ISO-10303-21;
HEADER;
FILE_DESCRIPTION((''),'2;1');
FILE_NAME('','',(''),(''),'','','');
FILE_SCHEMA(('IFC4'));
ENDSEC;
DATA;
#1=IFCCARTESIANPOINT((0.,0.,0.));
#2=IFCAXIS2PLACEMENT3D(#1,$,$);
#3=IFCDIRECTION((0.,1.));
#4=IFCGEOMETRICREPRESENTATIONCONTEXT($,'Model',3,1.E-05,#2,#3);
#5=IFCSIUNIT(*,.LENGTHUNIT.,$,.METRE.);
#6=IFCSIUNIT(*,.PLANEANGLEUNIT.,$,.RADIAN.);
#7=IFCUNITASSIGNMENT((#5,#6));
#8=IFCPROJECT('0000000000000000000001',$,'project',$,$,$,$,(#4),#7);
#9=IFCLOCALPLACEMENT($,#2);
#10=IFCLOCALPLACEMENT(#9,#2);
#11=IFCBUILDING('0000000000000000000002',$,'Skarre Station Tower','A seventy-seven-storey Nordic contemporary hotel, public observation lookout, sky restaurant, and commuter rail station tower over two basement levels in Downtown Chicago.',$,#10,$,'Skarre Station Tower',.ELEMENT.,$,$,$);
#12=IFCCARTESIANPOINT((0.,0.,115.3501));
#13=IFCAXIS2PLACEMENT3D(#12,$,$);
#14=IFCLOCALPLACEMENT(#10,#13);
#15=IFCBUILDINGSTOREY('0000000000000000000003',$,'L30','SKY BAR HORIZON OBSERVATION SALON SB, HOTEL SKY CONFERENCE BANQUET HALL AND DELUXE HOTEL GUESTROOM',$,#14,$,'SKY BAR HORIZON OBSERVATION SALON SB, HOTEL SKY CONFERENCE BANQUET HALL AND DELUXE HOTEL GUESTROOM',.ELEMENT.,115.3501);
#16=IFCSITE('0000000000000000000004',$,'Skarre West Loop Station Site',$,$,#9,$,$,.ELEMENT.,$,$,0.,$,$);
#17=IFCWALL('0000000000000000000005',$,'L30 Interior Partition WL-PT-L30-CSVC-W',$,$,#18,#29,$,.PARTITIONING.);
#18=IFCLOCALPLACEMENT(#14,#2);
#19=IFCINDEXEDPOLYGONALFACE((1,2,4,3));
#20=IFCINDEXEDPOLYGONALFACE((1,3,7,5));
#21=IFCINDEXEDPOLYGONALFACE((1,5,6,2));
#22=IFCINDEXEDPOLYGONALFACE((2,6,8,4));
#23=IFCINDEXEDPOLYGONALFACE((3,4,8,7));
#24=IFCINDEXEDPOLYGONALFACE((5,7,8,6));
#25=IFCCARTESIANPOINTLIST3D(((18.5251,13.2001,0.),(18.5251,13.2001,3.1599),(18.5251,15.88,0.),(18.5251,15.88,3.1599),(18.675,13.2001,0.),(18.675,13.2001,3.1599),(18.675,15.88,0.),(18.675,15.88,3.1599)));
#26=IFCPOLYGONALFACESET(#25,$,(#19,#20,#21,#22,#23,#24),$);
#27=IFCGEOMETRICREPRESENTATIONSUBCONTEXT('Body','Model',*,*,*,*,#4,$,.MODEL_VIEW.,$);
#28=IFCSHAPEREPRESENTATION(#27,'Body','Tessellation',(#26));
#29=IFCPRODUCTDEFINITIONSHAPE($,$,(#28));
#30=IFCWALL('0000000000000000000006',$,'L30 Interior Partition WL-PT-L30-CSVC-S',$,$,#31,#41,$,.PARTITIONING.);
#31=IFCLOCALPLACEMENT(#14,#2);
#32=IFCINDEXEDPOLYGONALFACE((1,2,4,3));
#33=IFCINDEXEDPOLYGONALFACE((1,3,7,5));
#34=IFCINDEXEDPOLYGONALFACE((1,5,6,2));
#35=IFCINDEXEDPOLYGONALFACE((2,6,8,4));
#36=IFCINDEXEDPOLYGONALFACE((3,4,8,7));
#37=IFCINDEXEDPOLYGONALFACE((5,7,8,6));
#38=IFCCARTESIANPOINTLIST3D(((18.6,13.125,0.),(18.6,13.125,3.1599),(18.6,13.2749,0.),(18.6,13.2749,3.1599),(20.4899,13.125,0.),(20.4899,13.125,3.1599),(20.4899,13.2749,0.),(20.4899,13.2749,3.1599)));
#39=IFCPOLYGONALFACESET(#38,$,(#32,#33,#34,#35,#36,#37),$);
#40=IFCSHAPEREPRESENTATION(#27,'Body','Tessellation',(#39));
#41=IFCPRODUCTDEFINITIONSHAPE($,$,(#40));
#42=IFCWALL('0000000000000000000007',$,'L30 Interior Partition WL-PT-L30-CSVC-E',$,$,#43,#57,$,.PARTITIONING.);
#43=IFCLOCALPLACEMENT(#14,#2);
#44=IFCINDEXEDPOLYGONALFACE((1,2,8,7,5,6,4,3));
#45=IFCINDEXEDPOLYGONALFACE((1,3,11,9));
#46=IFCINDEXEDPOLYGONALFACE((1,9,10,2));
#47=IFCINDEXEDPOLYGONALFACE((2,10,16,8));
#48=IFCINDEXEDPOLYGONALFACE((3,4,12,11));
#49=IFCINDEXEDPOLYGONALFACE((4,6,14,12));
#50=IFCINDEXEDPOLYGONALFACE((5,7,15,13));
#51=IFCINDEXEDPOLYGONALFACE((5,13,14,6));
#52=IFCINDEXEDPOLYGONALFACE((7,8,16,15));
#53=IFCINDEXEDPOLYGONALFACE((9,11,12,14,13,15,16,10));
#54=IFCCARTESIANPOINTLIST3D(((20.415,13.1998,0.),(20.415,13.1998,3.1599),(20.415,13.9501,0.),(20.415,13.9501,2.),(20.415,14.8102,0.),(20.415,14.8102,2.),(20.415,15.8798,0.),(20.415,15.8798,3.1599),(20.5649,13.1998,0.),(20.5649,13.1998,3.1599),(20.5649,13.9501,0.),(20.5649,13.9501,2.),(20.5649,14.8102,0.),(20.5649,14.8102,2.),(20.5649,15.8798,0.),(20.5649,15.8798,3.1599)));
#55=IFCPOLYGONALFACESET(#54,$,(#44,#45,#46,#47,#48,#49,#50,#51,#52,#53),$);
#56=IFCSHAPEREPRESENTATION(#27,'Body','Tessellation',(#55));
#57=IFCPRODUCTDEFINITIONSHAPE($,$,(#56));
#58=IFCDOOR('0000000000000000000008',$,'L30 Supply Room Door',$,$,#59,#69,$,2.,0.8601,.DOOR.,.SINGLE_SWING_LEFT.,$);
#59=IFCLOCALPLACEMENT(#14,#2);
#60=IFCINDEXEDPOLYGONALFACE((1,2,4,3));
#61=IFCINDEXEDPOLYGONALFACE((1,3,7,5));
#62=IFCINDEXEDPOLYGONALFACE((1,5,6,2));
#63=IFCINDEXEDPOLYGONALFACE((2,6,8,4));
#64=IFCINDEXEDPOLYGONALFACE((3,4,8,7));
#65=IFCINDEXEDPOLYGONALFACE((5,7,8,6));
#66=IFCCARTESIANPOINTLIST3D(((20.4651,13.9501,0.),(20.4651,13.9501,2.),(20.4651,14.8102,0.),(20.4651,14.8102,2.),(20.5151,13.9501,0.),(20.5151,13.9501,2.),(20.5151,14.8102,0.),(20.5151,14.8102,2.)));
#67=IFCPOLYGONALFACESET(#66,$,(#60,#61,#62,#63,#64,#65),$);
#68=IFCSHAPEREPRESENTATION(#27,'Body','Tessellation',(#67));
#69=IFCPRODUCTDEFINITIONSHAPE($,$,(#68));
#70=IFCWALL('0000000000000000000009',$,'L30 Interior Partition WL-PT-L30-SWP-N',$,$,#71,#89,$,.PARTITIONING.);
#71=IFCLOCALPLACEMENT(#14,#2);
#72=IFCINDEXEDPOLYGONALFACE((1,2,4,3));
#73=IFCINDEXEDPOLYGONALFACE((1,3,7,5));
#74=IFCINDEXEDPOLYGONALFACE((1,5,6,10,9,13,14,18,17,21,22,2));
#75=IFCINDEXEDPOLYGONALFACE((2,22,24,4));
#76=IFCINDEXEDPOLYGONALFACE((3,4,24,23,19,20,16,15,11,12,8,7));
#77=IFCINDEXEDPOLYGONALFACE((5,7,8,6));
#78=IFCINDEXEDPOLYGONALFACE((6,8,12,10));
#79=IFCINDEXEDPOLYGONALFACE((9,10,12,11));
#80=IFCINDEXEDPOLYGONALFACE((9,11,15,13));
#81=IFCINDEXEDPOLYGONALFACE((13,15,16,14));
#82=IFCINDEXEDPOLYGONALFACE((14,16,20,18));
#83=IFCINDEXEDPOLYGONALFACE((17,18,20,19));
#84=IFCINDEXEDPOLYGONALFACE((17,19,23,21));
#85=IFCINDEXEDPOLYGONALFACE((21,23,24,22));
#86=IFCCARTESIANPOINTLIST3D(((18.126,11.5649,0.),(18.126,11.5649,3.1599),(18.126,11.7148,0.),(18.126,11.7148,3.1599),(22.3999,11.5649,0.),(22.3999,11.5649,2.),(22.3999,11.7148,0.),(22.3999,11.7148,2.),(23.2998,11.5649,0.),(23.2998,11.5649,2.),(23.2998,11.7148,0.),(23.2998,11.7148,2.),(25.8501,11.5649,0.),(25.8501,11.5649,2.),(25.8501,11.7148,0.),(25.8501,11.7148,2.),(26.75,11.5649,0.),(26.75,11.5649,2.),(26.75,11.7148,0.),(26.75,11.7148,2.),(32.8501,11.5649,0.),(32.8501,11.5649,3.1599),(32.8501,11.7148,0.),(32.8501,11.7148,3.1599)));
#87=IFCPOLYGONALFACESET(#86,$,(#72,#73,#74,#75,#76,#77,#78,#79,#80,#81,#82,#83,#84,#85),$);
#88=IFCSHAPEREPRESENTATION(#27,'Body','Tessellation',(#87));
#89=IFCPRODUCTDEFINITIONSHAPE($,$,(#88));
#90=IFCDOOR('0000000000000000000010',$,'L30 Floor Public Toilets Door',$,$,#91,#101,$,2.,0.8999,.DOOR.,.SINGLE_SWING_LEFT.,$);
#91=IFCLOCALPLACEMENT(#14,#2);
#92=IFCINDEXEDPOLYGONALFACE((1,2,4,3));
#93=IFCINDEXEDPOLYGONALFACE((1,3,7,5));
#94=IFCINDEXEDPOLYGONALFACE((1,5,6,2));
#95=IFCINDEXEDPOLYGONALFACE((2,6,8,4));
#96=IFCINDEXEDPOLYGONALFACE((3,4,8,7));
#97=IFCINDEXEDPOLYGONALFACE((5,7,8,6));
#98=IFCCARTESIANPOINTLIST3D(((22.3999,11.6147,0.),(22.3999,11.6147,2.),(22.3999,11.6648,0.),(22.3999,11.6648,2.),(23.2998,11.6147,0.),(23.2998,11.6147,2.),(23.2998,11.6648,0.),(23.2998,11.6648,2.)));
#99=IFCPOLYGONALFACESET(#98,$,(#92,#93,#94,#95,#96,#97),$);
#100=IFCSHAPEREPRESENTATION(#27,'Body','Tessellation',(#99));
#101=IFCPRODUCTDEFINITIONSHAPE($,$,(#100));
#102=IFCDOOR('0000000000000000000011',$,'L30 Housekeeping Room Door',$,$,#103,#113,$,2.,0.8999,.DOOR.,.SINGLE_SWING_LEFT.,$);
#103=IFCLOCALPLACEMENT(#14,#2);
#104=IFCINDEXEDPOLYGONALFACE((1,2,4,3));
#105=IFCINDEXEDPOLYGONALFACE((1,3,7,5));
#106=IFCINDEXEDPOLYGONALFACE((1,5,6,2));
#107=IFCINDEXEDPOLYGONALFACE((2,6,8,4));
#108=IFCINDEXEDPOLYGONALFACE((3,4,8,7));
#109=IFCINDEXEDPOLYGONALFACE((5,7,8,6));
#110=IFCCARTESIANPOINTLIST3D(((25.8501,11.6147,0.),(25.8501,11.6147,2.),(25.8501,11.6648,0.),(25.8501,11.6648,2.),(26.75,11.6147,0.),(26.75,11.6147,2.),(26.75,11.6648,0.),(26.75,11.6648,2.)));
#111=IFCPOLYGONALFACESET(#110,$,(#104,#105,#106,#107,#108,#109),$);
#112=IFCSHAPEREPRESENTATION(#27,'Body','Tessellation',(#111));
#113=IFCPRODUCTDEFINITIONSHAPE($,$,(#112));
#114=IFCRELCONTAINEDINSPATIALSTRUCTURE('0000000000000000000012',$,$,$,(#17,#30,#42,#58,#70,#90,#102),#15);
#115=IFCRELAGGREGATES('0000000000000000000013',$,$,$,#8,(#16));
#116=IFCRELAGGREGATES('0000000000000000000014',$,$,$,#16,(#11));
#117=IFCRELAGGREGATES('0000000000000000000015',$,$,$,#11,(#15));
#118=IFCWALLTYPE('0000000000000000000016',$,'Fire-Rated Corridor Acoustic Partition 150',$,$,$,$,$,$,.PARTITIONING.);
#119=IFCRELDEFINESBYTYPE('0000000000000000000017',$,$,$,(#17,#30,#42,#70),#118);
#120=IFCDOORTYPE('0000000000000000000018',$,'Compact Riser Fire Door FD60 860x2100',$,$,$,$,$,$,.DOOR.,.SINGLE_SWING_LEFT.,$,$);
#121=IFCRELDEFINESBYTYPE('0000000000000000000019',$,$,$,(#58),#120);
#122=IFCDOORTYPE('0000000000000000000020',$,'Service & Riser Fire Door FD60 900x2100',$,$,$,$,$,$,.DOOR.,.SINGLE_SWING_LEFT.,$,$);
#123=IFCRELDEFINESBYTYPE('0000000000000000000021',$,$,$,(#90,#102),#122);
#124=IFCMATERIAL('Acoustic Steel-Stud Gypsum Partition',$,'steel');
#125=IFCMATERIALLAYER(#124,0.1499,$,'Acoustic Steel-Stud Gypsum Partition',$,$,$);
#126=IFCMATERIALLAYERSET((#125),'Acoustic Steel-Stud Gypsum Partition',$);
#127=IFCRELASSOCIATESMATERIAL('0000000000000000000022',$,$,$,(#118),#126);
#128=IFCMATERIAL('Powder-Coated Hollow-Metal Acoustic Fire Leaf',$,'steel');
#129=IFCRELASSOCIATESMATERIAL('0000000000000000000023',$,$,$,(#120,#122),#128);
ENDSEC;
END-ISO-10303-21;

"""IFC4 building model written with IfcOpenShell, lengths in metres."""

from ifc_helpers import new_model, si_unit, direction, frame, frame_2d, origin, place, context, subcontext, project, spatial, rectangle, extrude, material, layer, layer_set, type_object, element, fill, save


model = new_model("IFC4")

# Units and contexts
model_context = context("Model", 3, precision=1e-05, world=origin(), true_north=direction((0.0, 1.0)))
body_context = subcontext(model_context, "Body", "Model", "MODEL_VIEW")
ifc_project = project(units=[si_unit("LENGTHUNIT", "METRE"), si_unit("PLANEANGLEUNIT", "RADIAN")], contexts=[model_context])

# Site, building, storey
site_placement = place(None, origin())
site = spatial("IfcSite", under=ifc_project, at=site_placement, Name="Skarre West Loop Station Site", CompositionType="ELEMENT", RefElevation=0.0)
building_placement = place(site_placement, origin())
building = spatial("IfcBuilding", under=site, at=building_placement, Name="Skarre Station Tower", Description="A seventy-seven-storey Nordic contemporary hotel, public observation lookout, sky restaurant, and commuter rail station tower over two basement levels in Downtown Chicago.", LongName="Skarre Station Tower", CompositionType="ELEMENT")
storey_placement = place(building_placement, frame((0.0, 0.0, 115.3501)))
storey = spatial("IfcBuildingStorey", under=building, at=storey_placement, Name="L30", Description="SKY BAR HORIZON OBSERVATION SALON SB, HOTEL SKY CONFERENCE BANQUET HALL AND DELUXE HOTEL GUESTROOM", LongName="SKY BAR HORIZON OBSERVATION SALON SB, HOTEL SKY CONFERENCE BANQUET HALL AND DELUXE HOTEL GUESTROOM", CompositionType="ELEMENT", Elevation=115.3501)

# Walls
ifc_material_1 = material(Name="Acoustic Steel-Stud Gypsum Partition", Category="steel")
ifc_layer_1 = layer(ifc_material_1, 0.1499, Name="Acoustic Steel-Stud Gypsum Partition")
ifc_layer_set_1 = layer_set([ifc_layer_1], Name="Acoustic Steel-Stud Gypsum Partition")
wall_type_1 = type_object("IfcWallType", Name="Fire-Rated Corridor Acoustic Partition 150", PredefinedType="PARTITIONING", material=ifc_layer_set_1)
wall_1_placement = place(storey_placement, frame((18.6001, 15.8799, 0.0), z_axis=(0.0, 0.0, 1.0), x_axis=(0.0, -1.0, 0.0)))
element("IfcWall", 1, at=wall_1_placement, inside=storey, type_object=wall_type_1, Name="L30 Interior Partition WL-PT-L30-CSVC-W", PredefinedType="PARTITIONING", context=body_context, shape_type="SweptSolid", body=[
    extrude(rectangle(XDim=2.6799, YDim=0.1499, at=frame_2d((1.3398, 0.0))), origin(), (0.0, 0.0, 1.0), 3.1599),
])
wall_2_placement = place(storey_placement, frame((18.6001, 13.2, 0.0), z_axis=(0.0, 0.0, 1.0), x_axis=(1.0, 0.0, 0.0)))
element("IfcWall", 2, at=wall_2_placement, inside=storey, type_object=wall_type_1, Name="L30 Interior Partition WL-PT-L30-CSVC-S", PredefinedType="PARTITIONING", context=body_context, shape_type="SweptSolid", body=[
    extrude(rectangle(XDim=1.8899, YDim=0.1499, at=frame_2d((0.9448, 0.0))), origin(), (0.0, 0.0, 1.0), 3.1599),
])

# Wall, opening, door
wall_3_placement = place(storey_placement, frame((20.49, 13.2, 0.0), z_axis=(0.0, 0.0, 1.0), x_axis=(0.0, 1.0, 0.0)))
wall_3 = element("IfcWall", 3, at=wall_3_placement, inside=storey, type_object=wall_type_1, Name="L30 Interior Partition WL-PT-L30-CSVC-E", PredefinedType="PARTITIONING", context=body_context, shape_type="SweptSolid", body=[
    extrude(rectangle(XDim=2.6799, YDim=0.1499, at=frame_2d((1.3398, 0.0))), origin(), (0.0, 0.0, 1.0), 3.1599),
])
opening_1_placement = place(wall_3_placement, frame((0.75, 0.0, 0.0)))
opening_1 = element("IfcOpeningElement", 4, at=opening_1_placement, cuts=wall_3, PredefinedType="OPENING", context=body_context, shape_type="SweptSolid", body=[
    extrude(rectangle(XDim=0.8601, YDim=2.0, at=frame_2d((0.4302, 1.0))), frame((0.0, 0.085, 0.0), z_axis=(0.0, -1.0, 0.0), x_axis=(1.0, 0.0, 0.0)), (0.0, 0.0, 1.0), 0.1699),
])
ifc_material_2 = material(Name="Powder-Coated Hollow-Metal Acoustic Fire Leaf", Category="steel")
door_type_1 = type_object("IfcDoorType", Name="Compact Riser Fire Door FD60 860x2100", OperationType="SINGLE_SWING_LEFT", PredefinedType="DOOR", material=ifc_material_2)
door_1_placement = place(opening_1_placement, origin())
door_1 = element("IfcDoor", 5, at=door_1_placement, inside=storey, type_object=door_type_1, Name="L30 Supply Room Door", OperationType="SINGLE_SWING_LEFT", OverallHeight=2.0, OverallWidth=0.8601, PredefinedType="DOOR", context=body_context, shape_type="SweptSolid", body=[
    extrude(rectangle(XDim=0.8601, YDim=2.0, at=frame_2d((0.4302, 1.0))), frame((0.0, 0.0249, 0.0), z_axis=(0.0, -1.0, 0.0), x_axis=(1.0, 0.0, 0.0)), (0.0, 0.0, 1.0), 0.05),
])
fill(opening_1, door_1)

# Wall, openings, doors
wall_4_placement = place(storey_placement, frame((18.126, 11.6399, 0.0), z_axis=(0.0, 0.0, 1.0), x_axis=(1.0, 0.0, 0.0)))
wall_4 = element("IfcWall", 6, at=wall_4_placement, inside=storey, type_object=wall_type_1, Name="L30 Interior Partition WL-PT-L30-SWP-N", PredefinedType="PARTITIONING", context=body_context, shape_type="SweptSolid", body=[
    extrude(rectangle(XDim=14.7241, YDim=0.1499, at=frame_2d((7.3621, 0.0))), origin(), (0.0, 0.0, 1.0), 3.1599),
])
opening_2_placement = place(wall_4_placement, frame((4.2739, 0.0, 0.0)))
opening_2 = element("IfcOpeningElement", 7, at=opening_2_placement, cuts=wall_4, PredefinedType="OPENING", context=body_context, shape_type="SweptSolid", body=[
    extrude(rectangle(XDim=0.8999, YDim=2.0, at=frame_2d((0.45, 1.0))), frame((0.0, 0.085, 0.0), z_axis=(0.0, -1.0, 0.0), x_axis=(1.0, 0.0, 0.0)), (0.0, 0.0, 1.0), 0.1699),
])
opening_3_placement = place(wall_4_placement, frame((7.7241, 0.0, 0.0)))
opening_3 = element("IfcOpeningElement", 8, at=opening_3_placement, cuts=wall_4, PredefinedType="OPENING", context=body_context, shape_type="SweptSolid", body=[
    extrude(rectangle(XDim=0.8999, YDim=2.0, at=frame_2d((0.45, 1.0))), frame((0.0, 0.085, 0.0), z_axis=(0.0, -1.0, 0.0), x_axis=(1.0, 0.0, 0.0)), (0.0, 0.0, 1.0), 0.1699),
])
door_type_2 = type_object("IfcDoorType", Name="Service & Riser Fire Door FD60 900x2100", OperationType="SINGLE_SWING_LEFT", PredefinedType="DOOR", material=ifc_material_2)
door_2_placement = place(opening_2_placement, origin())
door_2 = element("IfcDoor", 9, at=door_2_placement, inside=storey, type_object=door_type_2, Name="L30 Floor Public Toilets Door", OperationType="SINGLE_SWING_LEFT", OverallHeight=2.0, OverallWidth=0.8999, PredefinedType="DOOR", context=body_context, shape_type="SweptSolid", body=[
    extrude(rectangle(XDim=0.8999, YDim=2.0, at=frame_2d((0.45, 1.0))), frame((0.0, 0.0249, 0.0), z_axis=(0.0, -1.0, 0.0), x_axis=(1.0, 0.0, 0.0)), (0.0, 0.0, 1.0), 0.05),
])
fill(opening_2, door_2)
door_3_placement = place(opening_3_placement, origin())
door_3 = element("IfcDoor", 10, at=door_3_placement, inside=storey, type_object=door_type_2, Name="L30 Housekeeping Room Door", OperationType="SINGLE_SWING_LEFT", OverallHeight=2.0, OverallWidth=0.8999, PredefinedType="DOOR", context=body_context, shape_type="SweptSolid", body=[
    extrude(rectangle(XDim=0.8999, YDim=2.0, at=frame_2d((0.45, 1.0))), frame((0.0, 0.0249, 0.0), z_axis=(0.0, -1.0, 0.0), x_axis=(1.0, 0.0, 0.0)), (0.0, 0.0, 1.0), 0.05),
])
fill(opening_3, door_3)

save(model, "model.ifc")
